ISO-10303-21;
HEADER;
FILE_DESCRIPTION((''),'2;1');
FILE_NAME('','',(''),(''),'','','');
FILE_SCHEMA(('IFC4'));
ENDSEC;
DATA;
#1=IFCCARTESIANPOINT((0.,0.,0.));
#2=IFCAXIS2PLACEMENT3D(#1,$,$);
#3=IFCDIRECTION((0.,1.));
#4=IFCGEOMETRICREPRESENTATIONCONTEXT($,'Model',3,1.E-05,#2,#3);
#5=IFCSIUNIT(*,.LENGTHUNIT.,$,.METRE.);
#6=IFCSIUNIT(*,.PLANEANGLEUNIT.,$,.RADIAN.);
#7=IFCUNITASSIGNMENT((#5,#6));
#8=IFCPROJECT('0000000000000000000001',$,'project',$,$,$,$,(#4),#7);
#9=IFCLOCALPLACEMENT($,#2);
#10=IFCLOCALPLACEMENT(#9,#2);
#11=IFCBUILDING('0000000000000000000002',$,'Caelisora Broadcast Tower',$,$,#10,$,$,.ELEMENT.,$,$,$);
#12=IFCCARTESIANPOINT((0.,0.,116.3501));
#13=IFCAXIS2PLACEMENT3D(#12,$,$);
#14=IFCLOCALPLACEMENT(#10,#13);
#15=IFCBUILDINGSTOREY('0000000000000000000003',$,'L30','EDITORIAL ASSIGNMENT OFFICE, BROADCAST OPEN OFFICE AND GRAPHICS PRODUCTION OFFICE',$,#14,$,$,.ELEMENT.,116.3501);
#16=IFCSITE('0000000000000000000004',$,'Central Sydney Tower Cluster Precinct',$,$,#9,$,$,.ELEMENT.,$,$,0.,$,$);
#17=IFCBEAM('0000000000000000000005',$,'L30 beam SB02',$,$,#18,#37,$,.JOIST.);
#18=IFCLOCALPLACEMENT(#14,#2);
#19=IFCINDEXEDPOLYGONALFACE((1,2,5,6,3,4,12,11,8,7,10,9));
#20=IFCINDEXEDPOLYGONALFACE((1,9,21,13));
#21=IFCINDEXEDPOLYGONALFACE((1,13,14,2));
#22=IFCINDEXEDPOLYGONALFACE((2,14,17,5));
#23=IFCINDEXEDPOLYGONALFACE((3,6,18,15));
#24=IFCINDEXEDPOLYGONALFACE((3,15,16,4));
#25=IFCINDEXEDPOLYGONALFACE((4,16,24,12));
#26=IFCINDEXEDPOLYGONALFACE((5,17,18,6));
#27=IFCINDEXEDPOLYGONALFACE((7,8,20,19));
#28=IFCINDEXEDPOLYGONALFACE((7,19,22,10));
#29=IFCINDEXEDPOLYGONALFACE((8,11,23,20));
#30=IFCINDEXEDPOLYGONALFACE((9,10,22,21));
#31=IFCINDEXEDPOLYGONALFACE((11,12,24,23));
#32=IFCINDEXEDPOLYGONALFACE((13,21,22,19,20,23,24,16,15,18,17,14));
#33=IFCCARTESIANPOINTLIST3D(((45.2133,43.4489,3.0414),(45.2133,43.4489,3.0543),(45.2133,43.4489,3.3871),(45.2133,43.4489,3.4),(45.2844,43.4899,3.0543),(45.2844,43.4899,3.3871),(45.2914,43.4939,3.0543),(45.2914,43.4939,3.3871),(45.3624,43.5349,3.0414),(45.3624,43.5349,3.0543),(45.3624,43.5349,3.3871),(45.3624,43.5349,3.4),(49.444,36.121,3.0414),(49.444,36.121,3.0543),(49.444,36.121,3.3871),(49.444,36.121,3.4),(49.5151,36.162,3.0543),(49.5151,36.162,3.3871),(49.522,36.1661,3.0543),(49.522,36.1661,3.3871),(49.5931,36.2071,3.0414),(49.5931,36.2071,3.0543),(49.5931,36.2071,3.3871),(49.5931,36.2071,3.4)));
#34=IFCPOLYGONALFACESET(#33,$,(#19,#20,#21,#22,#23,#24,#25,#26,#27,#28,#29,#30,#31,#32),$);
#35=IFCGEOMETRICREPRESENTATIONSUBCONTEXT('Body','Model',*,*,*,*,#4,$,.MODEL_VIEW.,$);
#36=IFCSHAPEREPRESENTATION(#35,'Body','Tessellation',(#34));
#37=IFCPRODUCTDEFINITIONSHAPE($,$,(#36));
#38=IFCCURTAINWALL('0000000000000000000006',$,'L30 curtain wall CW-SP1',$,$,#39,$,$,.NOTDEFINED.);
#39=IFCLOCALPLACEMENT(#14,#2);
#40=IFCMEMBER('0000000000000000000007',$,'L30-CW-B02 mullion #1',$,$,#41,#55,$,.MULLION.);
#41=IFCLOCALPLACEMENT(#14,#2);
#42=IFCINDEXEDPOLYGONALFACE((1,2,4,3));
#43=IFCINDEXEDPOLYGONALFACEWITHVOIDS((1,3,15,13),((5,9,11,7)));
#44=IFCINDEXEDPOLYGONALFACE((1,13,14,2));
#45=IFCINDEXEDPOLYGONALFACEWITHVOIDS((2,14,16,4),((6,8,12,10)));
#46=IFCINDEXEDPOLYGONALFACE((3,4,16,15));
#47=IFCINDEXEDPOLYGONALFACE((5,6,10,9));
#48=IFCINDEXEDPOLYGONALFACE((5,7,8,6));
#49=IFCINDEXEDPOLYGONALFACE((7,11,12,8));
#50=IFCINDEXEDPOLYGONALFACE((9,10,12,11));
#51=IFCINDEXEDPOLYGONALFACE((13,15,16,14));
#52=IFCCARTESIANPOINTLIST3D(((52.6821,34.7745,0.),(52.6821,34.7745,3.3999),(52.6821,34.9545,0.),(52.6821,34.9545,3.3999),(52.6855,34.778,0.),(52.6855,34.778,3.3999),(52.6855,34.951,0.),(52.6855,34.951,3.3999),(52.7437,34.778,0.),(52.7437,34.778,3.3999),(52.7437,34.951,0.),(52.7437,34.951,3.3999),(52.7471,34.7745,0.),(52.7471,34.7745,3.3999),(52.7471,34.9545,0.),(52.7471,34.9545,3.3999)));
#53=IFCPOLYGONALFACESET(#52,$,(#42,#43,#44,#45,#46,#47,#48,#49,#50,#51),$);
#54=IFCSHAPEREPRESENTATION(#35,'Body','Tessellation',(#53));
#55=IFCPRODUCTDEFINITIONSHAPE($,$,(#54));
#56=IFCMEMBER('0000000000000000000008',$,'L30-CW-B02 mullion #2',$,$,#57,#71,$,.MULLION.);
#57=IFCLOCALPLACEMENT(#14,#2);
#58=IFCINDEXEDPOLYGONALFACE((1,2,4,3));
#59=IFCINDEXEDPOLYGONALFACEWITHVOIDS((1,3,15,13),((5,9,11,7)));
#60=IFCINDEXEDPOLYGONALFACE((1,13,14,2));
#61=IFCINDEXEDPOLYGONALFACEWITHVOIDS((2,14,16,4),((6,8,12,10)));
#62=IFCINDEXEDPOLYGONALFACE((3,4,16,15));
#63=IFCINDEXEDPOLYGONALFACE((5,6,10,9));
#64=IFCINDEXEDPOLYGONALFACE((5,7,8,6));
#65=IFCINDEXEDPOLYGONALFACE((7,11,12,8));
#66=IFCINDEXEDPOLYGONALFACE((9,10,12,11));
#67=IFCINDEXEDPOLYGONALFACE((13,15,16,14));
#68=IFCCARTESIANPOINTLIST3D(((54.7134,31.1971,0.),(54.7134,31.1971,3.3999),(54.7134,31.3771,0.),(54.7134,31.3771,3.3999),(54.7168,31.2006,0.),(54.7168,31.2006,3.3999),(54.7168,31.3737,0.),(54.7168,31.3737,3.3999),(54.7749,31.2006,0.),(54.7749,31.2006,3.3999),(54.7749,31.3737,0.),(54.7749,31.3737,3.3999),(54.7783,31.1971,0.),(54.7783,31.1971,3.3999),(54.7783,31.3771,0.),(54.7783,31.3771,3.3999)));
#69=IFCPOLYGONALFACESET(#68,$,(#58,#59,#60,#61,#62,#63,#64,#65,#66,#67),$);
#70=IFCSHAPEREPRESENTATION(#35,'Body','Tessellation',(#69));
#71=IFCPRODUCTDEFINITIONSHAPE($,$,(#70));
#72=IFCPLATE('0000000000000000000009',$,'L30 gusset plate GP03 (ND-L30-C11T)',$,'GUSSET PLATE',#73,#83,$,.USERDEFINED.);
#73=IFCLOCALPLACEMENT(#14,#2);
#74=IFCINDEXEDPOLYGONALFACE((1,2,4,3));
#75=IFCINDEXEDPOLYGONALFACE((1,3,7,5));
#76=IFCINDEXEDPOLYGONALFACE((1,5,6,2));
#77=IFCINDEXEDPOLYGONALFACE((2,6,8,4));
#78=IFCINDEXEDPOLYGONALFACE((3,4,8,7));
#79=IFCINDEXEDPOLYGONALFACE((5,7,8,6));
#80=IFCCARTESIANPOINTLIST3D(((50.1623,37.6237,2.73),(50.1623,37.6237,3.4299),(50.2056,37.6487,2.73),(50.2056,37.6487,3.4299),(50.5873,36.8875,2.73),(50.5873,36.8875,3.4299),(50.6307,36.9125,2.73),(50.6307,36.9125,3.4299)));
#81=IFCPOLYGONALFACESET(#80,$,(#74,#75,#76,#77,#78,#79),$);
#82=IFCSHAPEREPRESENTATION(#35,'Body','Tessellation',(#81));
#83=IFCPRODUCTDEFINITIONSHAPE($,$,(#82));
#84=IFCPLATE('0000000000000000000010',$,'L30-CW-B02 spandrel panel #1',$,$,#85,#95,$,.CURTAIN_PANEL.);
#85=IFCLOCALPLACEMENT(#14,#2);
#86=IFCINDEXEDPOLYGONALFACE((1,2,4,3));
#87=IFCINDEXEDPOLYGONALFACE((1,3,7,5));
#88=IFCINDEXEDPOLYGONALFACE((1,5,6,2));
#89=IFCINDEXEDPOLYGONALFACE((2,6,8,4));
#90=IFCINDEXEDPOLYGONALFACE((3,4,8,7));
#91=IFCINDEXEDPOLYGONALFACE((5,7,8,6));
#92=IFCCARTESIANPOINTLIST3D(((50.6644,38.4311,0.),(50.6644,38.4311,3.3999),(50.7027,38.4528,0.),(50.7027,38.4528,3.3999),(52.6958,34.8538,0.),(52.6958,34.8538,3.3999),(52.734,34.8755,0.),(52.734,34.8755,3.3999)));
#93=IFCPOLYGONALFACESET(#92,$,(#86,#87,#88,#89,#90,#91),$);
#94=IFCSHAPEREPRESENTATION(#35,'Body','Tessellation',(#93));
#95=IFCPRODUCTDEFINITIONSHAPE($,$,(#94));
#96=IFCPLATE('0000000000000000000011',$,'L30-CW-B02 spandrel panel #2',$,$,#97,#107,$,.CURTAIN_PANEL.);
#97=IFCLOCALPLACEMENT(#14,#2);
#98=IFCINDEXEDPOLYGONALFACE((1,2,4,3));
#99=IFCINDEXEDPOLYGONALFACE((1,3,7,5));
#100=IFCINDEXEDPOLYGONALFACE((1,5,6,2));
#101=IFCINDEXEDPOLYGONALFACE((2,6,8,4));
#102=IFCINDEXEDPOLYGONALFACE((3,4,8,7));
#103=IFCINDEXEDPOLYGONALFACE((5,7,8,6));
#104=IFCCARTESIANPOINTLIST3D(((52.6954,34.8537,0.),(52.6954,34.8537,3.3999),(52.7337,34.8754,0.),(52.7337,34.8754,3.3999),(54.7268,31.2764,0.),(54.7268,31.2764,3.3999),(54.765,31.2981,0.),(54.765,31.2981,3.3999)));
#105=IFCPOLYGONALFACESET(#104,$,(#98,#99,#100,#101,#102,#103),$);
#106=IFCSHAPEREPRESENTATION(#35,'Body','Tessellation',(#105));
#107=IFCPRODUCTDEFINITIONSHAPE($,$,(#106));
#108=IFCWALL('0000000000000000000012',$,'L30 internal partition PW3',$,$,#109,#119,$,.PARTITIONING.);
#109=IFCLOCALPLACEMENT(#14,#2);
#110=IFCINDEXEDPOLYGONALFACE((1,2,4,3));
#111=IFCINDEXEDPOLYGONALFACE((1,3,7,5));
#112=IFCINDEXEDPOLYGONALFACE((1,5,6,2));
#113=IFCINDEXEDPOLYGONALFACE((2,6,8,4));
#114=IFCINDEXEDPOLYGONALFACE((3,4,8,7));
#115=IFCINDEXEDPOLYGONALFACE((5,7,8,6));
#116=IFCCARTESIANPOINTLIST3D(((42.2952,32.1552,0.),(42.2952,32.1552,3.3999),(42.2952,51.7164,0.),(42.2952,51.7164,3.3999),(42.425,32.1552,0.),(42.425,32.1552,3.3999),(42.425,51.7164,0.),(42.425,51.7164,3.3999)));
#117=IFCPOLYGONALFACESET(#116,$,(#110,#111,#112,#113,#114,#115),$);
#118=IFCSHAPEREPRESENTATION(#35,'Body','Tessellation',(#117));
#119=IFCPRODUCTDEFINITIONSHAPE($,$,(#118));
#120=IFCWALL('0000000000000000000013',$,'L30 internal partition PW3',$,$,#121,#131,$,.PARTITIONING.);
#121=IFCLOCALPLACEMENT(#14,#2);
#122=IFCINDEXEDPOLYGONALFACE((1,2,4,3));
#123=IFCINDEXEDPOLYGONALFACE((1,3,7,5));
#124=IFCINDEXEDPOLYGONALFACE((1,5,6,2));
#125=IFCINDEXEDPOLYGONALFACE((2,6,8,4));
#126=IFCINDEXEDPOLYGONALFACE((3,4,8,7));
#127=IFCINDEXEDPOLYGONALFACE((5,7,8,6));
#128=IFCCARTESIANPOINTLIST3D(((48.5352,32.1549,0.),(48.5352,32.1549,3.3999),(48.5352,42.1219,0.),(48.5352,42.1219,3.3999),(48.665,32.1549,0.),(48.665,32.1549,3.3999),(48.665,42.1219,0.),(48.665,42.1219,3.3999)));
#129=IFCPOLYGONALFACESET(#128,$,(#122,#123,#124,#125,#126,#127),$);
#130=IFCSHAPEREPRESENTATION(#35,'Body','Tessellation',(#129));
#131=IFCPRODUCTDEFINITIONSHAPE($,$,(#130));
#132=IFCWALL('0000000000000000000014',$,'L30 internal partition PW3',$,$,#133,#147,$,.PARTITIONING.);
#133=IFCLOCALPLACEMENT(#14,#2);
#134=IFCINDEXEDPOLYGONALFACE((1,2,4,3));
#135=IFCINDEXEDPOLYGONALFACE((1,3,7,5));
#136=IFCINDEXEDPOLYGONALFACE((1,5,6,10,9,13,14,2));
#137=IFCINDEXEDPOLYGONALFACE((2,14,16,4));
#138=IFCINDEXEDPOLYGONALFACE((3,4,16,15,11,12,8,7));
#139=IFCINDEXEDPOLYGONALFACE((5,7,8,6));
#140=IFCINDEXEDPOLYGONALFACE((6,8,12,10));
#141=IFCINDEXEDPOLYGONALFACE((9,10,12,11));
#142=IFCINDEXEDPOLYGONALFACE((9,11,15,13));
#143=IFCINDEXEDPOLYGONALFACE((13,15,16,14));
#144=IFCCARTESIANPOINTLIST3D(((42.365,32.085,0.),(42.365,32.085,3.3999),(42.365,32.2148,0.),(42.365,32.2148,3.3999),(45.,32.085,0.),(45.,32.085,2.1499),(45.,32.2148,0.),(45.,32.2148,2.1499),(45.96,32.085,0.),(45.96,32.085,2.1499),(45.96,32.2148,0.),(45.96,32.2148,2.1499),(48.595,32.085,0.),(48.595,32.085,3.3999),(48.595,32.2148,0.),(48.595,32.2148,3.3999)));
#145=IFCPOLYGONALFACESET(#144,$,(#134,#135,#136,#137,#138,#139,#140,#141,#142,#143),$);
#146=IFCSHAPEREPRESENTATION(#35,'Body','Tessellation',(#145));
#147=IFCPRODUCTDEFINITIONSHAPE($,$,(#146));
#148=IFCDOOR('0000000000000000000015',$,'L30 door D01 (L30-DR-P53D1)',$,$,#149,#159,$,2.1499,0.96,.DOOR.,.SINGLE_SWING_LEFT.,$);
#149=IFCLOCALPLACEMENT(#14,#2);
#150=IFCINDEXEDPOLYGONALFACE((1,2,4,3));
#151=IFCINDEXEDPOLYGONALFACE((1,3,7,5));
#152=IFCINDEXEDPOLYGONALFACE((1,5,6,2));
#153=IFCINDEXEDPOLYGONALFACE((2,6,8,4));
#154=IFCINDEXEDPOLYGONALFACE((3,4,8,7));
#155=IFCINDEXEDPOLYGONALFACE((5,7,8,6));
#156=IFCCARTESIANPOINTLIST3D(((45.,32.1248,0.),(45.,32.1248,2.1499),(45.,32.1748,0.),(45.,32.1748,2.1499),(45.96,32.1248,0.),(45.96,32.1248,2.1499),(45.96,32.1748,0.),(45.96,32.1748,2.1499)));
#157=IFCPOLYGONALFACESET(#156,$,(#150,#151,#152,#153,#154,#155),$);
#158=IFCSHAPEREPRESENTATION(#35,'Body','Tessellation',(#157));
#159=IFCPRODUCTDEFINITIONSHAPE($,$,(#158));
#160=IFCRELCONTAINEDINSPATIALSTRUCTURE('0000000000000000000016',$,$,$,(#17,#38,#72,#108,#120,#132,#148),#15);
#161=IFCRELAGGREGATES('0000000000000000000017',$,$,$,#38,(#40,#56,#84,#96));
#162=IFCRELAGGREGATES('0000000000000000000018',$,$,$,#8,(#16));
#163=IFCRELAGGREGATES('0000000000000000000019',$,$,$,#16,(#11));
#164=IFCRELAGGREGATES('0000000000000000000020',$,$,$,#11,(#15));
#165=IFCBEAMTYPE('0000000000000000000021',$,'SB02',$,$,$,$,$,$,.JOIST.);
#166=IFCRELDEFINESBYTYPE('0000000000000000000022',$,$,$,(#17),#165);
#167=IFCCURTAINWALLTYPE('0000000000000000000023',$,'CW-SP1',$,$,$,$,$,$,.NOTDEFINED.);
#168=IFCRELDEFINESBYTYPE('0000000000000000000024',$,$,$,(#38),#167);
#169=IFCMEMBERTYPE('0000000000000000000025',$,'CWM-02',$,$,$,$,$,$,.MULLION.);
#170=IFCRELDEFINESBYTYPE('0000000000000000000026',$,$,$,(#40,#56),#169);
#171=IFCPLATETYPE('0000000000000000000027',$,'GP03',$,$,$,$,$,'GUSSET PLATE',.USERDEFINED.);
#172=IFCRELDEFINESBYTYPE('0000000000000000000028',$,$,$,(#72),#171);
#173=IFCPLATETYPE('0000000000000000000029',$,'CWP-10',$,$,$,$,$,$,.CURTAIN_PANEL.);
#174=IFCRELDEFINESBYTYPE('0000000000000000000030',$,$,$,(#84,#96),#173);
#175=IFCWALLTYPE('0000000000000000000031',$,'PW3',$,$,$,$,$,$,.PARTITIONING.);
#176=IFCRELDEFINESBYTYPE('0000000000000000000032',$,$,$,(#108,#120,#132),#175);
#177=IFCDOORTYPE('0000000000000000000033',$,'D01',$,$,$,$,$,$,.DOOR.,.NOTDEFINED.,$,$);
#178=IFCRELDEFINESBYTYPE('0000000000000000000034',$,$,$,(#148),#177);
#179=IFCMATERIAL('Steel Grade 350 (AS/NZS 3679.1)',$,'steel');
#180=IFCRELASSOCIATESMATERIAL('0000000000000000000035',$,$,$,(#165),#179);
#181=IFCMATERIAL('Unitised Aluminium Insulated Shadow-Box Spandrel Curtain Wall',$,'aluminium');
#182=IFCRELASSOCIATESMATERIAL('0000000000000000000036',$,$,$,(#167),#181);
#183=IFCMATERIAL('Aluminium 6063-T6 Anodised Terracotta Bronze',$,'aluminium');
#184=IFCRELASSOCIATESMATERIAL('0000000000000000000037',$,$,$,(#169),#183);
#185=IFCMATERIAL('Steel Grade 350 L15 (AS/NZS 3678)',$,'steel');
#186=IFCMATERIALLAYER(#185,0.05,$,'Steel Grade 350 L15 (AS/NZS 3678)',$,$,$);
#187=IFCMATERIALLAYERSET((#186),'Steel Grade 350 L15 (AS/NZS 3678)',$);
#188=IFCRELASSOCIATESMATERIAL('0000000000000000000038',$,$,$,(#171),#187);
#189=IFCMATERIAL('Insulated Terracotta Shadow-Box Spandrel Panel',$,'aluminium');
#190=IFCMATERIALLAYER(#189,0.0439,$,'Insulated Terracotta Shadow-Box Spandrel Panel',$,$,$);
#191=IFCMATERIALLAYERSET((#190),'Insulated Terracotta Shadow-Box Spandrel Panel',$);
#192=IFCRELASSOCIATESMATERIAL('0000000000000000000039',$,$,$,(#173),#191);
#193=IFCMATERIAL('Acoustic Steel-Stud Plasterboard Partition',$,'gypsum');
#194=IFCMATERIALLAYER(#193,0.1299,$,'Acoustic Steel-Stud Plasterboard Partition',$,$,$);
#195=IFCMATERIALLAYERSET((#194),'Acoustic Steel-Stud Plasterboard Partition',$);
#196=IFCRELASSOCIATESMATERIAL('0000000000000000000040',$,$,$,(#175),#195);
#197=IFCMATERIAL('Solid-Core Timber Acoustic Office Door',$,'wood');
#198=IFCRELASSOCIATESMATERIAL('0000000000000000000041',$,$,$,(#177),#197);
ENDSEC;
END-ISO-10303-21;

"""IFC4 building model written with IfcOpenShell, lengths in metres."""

from ifc_helpers import new_model, si_unit, direction, frame, frame_2d, origin, origin_2d, place, context, subcontext, project, spatial, rectangle, hollow_rectangle, i_section, extrude, source, transform, mapped, material, layer, layer_set, material_profile, profile_set, type_object, type_shapes, element, fill, aggregate, save


model = new_model("IFC4")

# Units and contexts
model_context = context("Model", 3, precision=1e-05, world=origin(), true_north=direction((0.0, 1.0)))
body_context = subcontext(model_context, "Body", "Model", "MODEL_VIEW")
ifc_project = project(units=[si_unit("LENGTHUNIT", "METRE"), si_unit("PLANEANGLEUNIT", "RADIAN")], contexts=[model_context])

# Site, building, storey
site_placement = place(None, origin())
site = spatial("IfcSite", under=ifc_project, at=site_placement, Name="Central Sydney Tower Cluster Precinct", CompositionType="ELEMENT", RefElevation=0.0)
building_placement = place(site_placement, origin())
building = spatial("IfcBuilding", under=site, at=building_placement, Name="Caelisora Broadcast Tower", CompositionType="ELEMENT")
storey_placement = place(building_placement, frame((0.0, 0.0, 116.3501)))
storey = spatial("IfcBuildingStorey", under=building, at=storey_placement, Name="L30", Description="EDITORIAL ASSIGNMENT OFFICE, BROADCAST OPEN OFFICE AND GRAPHICS PRODUCTION OFFICE", CompositionType="ELEMENT", Elevation=116.3501)

# Beam
ifc_material_1 = material(Name="Steel Grade 350 (AS/NZS 3679.1)", Category="steel")
ifc_material_profile_1 = material_profile(ifc_material_1, i_section(OverallWidth=0.1721, OverallDepth=0.3586, WebThickness=0.0081, FlangeThickness=0.0129, at=origin_2d()), Name="Steel Grade 350 (AS/NZS 3679.1)")
ifc_profile_set_1 = profile_set([ifc_material_profile_1], Name="Steel Grade 350 (AS/NZS 3679.1)")
beam_type_1 = type_object("IfcBeamType", Name="SB02", PredefinedType="JOIST", material=ifc_profile_set_1)
shared_shape_1 = source(origin(), body_context, "Body", "SweptSolid", [
    extrude(i_section(OverallWidth=0.1721, OverallDepth=0.3586, WebThickness=0.0081, FlangeThickness=0.0129, at=origin_2d()), origin(), (0.0, 0.0, 1.0), 8.4614),
])
beam_1_placement = place(storey_placement, frame((49.5186, 36.1641, 3.2207), z_axis=(-0.499996, 0.866028, 0.0), x_axis=(-0.866028, -0.499996, 0.0)))
element("IfcBeam", 1, at=beam_1_placement, inside=storey, type_object=beam_type_1, Name="L30 beam SB02", PredefinedType="JOIST", context=body_context, shape_type="MappedRepresentation", body=[
    mapped(shared_shape_1, transform((0.0, 0.0, 0.0), scale=1.0)),
])

# Curtain wall, members
ifc_material_2 = material(Name="Unitised Aluminium Insulated Shadow-Box Spandrel Curtain Wall", Category="aluminium")
curtain_wall_type = type_object("IfcCurtainWallType", Name="CW-SP1", PredefinedType="NOTDEFINED", material=ifc_material_2)
curtain_wall_placement = place(storey_placement, origin())
curtain_wall = element("IfcCurtainWall", 2, at=curtain_wall_placement, inside=storey, type_object=curtain_wall_type, Name="L30 curtain wall CW-SP1", PredefinedType="NOTDEFINED")
ifc_material_3 = material(Name="Aluminium 6063-T6 Anodised Terracotta Bronze", Category="aluminium")
ifc_material_profile_2 = material_profile(ifc_material_3, hollow_rectangle(XDim=0.0649, YDim=0.1799, WallThickness=0.0034, at=origin_2d()), Name="Aluminium 6063-T6 Anodised Terracotta Bronze")
ifc_profile_set_2 = profile_set([ifc_material_profile_2], Name="Aluminium 6063-T6 Anodised Terracotta Bronze")
member_type = type_object("IfcMemberType", Name="CWM-02", PredefinedType="MULLION", material=ifc_profile_set_2)
shared_shape_2 = source(origin(), body_context, "Body", "SweptSolid", [
    extrude(hollow_rectangle(XDim=0.0649, YDim=0.1799, WallThickness=0.0034, at=origin_2d()), origin(), (0.0, 0.0, 1.0), 3.3999),
])
type_shapes(member_type, [shared_shape_2])
member_1_placement = place(storey_placement, frame((52.7146, 34.8645, 0.0), z_axis=(0.0, 0.0, 1.0), x_axis=(1.0, 0.0, 0.0)))
member_1 = element("IfcMember", 3, at=member_1_placement, type_object=member_type, Name="L30-CW-B02 mullion #1", PredefinedType="MULLION", context=body_context, shape_type="MappedRepresentation", body=[
    mapped(shared_shape_2, transform((0.0, 0.0, 0.0), scale=1.0)),
])
member_2_placement = place(storey_placement, frame((54.7458, 31.2871, 0.0), z_axis=(0.0, 0.0, 1.0), x_axis=(1.0, 0.0, 0.0)))
member_2 = element("IfcMember", 4, at=member_2_placement, type_object=member_type, Name="L30-CW-B02 mullion #2", PredefinedType="MULLION", context=body_context, shape_type="MappedRepresentation", body=[
    mapped(shared_shape_2, transform((0.0, 0.0, 0.0), scale=1.0)),
])

# Plates
ifc_material_4 = material(Name="Steel Grade 350 L15 (AS/NZS 3678)", Category="steel")
ifc_layer_1 = layer(ifc_material_4, 0.05, Name="Steel Grade 350 L15 (AS/NZS 3678)")
ifc_layer_set_1 = layer_set([ifc_layer_1], Name="Steel Grade 350 L15 (AS/NZS 3678)")
plate_type_1 = type_object("IfcPlateType", Name="GP03", ElementType="GUSSET PLATE", PredefinedType="USERDEFINED", material=ifc_layer_set_1)
shared_shape_3 = source(origin(), body_context, "Body", "SweptSolid", [
    extrude(rectangle(XDim=0.8501, YDim=0.05, at=origin_2d()), origin(), (0.0, 0.0, 1.0), 0.7),
])
type_shapes(plate_type_1, [shared_shape_3])
plate_1_placement = place(storey_placement, frame((50.3965, 37.2681, 2.73), z_axis=(0.0, 0.0, 1.0), x_axis=(-0.5, 0.866025, 0.0)))
element("IfcPlate", 5, at=plate_1_placement, inside=storey, type_object=plate_type_1, Name="L30 gusset plate GP03 (ND-L30-C11T)", ObjectType="GUSSET PLATE", PredefinedType="USERDEFINED", context=body_context, shape_type="MappedRepresentation", body=[
    mapped(shared_shape_3, transform((0.0, 0.0, 0.0), scale=1.0)),
])
ifc_material_5 = material(Name="Insulated Terracotta Shadow-Box Spandrel Panel", Category="aluminium")
ifc_layer_2 = layer(ifc_material_5, 0.0439, Name="Insulated Terracotta Shadow-Box Spandrel Panel")
ifc_layer_set_2 = layer_set([ifc_layer_2], Name="Insulated Terracotta Shadow-Box Spandrel Panel")
plate_type_2 = type_object("IfcPlateType", Name="CWP-10", PredefinedType="CURTAIN_PANEL", material=ifc_layer_set_2)
shared_shape_4 = source(origin(), body_context, "Body", "SweptSolid", [
    extrude(rectangle(XDim=4.1138, YDim=0.0439, at=origin_2d()), origin(), (0.0, 0.0, 1.0), 3.3999),
])
type_shapes(plate_type_2, [shared_shape_4])
plate_2_placement = place(storey_placement, frame((51.6992, 36.6533, 0.0), z_axis=(0.0, 0.0, 1.0), x_axis=(0.49379, -0.869581, 0.0)))
plate_2 = element("IfcPlate", 6, at=plate_2_placement, type_object=plate_type_2, Name="L30-CW-B02 spandrel panel #1", PredefinedType="CURTAIN_PANEL", context=body_context, shape_type="MappedRepresentation", body=[
    mapped(shared_shape_4, transform((0.0, 0.0, 0.0), scale=1.0)),
])
plate_3_placement = place(storey_placement, frame((53.7302, 33.0759, 0.0), z_axis=(0.0, 0.0, 1.0), x_axis=(0.49379, -0.869581, 0.0)))
plate_3 = element("IfcPlate", 7, at=plate_3_placement, type_object=plate_type_2, Name="L30-CW-B02 spandrel panel #2", PredefinedType="CURTAIN_PANEL", context=body_context, shape_type="MappedRepresentation", body=[
    mapped(shared_shape_4, transform((0.0, 0.0, 0.0), scale=1.0)),
])
aggregate(curtain_wall, [member_1, member_2, plate_2, plate_3])

# Walls
ifc_material_6 = material(Name="Acoustic Steel-Stud Plasterboard Partition", Category="gypsum")
ifc_layer_3 = layer(ifc_material_6, 0.1299, Name="Acoustic Steel-Stud Plasterboard Partition")
ifc_layer_set_3 = layer_set([ifc_layer_3], Name="Acoustic Steel-Stud Plasterboard Partition")
wall_type = type_object("IfcWallType", Name="PW3", PredefinedType="PARTITIONING", material=ifc_layer_set_3)
wall_1_placement = place(storey_placement, frame((42.3601, 32.155, 0.0), z_axis=(0.0, 0.0, 1.0), x_axis=(0.0, 1.0, 0.0)))
element("IfcWall", 8, at=wall_1_placement, inside=storey, type_object=wall_type, Name="L30 internal partition PW3", PredefinedType="PARTITIONING", context=body_context, shape_type="SweptSolid", body=[
    extrude(rectangle(XDim=19.5613, YDim=0.1299, at=frame_2d((9.7808, 0.0))), origin(), (0.0, 0.0, 1.0), 3.3999),
])
wall_2_placement = place(storey_placement, frame((48.6001, 32.155, 0.0), z_axis=(0.0, 0.0, 1.0), x_axis=(0.0, 1.0, 0.0)))
element("IfcWall", 9, at=wall_2_placement, inside=storey, type_object=wall_type, Name="L30 internal partition PW3", PredefinedType="PARTITIONING", context=body_context, shape_type="SweptSolid", body=[
    extrude(rectangle(XDim=9.967, YDim=0.1299, at=frame_2d((4.9834, 0.0))), origin(), (0.0, 0.0, 1.0), 3.3999),
])

# Wall, opening, door
wall_3_placement = place(storey_placement, frame((42.365, 32.1499, 0.0), z_axis=(0.0, 0.0, 1.0), x_axis=(1.0, 0.0, 0.0)))
wall_3 = element("IfcWall", 10, at=wall_3_placement, inside=storey, type_object=wall_type, Name="L30 internal partition PW3", PredefinedType="PARTITIONING", context=body_context, shape_type="SweptSolid", body=[
    extrude(rectangle(XDim=6.23, YDim=0.1299, at=frame_2d((3.115, 0.0))), origin(), (0.0, 0.0, 1.0), 3.3999),
])
opening_1_placement = place(wall_3_placement, frame((2.635, 0.0, 0.0)))
opening_1 = element("IfcOpeningElement", 11, at=opening_1_placement, cuts=wall_3, PredefinedType="OPENING", context=body_context, shape_type="SweptSolid", body=[
    extrude(rectangle(XDim=0.96, YDim=2.1499, at=frame_2d((0.48, 1.075))), frame((0.0, 0.0769, 0.0), z_axis=(0.0, -1.0, 0.0), x_axis=(1.0, 0.0, 0.0)), (0.0, 0.0, 1.0), 0.1538),
])
ifc_material_7 = material(Name="Solid-Core Timber Acoustic Office Door", Category="wood")
door_type = type_object("IfcDoorType", Name="D01", OperationType="NOTDEFINED", PredefinedType="DOOR", material=ifc_material_7)
door_1_placement = place(opening_1_placement, origin())
door_1 = element("IfcDoor", 12, at=door_1_placement, inside=storey, type_object=door_type, Name="L30 door D01 (L30-DR-P53D1)", OperationType="SINGLE_SWING_LEFT", OverallHeight=2.1499, OverallWidth=0.96, PredefinedType="DOOR", context=body_context, shape_type="SweptSolid", body=[
    extrude(rectangle(XDim=0.96, YDim=2.1499, at=frame_2d((0.48, 1.075))), frame((0.0, 0.0249, 0.0), z_axis=(0.0, -1.0, 0.0), x_axis=(1.0, 0.0, 0.0)), (0.0, 0.0, 1.0), 0.05),
])
fill(opening_1, door_1)

save(model, "model.ifc")
